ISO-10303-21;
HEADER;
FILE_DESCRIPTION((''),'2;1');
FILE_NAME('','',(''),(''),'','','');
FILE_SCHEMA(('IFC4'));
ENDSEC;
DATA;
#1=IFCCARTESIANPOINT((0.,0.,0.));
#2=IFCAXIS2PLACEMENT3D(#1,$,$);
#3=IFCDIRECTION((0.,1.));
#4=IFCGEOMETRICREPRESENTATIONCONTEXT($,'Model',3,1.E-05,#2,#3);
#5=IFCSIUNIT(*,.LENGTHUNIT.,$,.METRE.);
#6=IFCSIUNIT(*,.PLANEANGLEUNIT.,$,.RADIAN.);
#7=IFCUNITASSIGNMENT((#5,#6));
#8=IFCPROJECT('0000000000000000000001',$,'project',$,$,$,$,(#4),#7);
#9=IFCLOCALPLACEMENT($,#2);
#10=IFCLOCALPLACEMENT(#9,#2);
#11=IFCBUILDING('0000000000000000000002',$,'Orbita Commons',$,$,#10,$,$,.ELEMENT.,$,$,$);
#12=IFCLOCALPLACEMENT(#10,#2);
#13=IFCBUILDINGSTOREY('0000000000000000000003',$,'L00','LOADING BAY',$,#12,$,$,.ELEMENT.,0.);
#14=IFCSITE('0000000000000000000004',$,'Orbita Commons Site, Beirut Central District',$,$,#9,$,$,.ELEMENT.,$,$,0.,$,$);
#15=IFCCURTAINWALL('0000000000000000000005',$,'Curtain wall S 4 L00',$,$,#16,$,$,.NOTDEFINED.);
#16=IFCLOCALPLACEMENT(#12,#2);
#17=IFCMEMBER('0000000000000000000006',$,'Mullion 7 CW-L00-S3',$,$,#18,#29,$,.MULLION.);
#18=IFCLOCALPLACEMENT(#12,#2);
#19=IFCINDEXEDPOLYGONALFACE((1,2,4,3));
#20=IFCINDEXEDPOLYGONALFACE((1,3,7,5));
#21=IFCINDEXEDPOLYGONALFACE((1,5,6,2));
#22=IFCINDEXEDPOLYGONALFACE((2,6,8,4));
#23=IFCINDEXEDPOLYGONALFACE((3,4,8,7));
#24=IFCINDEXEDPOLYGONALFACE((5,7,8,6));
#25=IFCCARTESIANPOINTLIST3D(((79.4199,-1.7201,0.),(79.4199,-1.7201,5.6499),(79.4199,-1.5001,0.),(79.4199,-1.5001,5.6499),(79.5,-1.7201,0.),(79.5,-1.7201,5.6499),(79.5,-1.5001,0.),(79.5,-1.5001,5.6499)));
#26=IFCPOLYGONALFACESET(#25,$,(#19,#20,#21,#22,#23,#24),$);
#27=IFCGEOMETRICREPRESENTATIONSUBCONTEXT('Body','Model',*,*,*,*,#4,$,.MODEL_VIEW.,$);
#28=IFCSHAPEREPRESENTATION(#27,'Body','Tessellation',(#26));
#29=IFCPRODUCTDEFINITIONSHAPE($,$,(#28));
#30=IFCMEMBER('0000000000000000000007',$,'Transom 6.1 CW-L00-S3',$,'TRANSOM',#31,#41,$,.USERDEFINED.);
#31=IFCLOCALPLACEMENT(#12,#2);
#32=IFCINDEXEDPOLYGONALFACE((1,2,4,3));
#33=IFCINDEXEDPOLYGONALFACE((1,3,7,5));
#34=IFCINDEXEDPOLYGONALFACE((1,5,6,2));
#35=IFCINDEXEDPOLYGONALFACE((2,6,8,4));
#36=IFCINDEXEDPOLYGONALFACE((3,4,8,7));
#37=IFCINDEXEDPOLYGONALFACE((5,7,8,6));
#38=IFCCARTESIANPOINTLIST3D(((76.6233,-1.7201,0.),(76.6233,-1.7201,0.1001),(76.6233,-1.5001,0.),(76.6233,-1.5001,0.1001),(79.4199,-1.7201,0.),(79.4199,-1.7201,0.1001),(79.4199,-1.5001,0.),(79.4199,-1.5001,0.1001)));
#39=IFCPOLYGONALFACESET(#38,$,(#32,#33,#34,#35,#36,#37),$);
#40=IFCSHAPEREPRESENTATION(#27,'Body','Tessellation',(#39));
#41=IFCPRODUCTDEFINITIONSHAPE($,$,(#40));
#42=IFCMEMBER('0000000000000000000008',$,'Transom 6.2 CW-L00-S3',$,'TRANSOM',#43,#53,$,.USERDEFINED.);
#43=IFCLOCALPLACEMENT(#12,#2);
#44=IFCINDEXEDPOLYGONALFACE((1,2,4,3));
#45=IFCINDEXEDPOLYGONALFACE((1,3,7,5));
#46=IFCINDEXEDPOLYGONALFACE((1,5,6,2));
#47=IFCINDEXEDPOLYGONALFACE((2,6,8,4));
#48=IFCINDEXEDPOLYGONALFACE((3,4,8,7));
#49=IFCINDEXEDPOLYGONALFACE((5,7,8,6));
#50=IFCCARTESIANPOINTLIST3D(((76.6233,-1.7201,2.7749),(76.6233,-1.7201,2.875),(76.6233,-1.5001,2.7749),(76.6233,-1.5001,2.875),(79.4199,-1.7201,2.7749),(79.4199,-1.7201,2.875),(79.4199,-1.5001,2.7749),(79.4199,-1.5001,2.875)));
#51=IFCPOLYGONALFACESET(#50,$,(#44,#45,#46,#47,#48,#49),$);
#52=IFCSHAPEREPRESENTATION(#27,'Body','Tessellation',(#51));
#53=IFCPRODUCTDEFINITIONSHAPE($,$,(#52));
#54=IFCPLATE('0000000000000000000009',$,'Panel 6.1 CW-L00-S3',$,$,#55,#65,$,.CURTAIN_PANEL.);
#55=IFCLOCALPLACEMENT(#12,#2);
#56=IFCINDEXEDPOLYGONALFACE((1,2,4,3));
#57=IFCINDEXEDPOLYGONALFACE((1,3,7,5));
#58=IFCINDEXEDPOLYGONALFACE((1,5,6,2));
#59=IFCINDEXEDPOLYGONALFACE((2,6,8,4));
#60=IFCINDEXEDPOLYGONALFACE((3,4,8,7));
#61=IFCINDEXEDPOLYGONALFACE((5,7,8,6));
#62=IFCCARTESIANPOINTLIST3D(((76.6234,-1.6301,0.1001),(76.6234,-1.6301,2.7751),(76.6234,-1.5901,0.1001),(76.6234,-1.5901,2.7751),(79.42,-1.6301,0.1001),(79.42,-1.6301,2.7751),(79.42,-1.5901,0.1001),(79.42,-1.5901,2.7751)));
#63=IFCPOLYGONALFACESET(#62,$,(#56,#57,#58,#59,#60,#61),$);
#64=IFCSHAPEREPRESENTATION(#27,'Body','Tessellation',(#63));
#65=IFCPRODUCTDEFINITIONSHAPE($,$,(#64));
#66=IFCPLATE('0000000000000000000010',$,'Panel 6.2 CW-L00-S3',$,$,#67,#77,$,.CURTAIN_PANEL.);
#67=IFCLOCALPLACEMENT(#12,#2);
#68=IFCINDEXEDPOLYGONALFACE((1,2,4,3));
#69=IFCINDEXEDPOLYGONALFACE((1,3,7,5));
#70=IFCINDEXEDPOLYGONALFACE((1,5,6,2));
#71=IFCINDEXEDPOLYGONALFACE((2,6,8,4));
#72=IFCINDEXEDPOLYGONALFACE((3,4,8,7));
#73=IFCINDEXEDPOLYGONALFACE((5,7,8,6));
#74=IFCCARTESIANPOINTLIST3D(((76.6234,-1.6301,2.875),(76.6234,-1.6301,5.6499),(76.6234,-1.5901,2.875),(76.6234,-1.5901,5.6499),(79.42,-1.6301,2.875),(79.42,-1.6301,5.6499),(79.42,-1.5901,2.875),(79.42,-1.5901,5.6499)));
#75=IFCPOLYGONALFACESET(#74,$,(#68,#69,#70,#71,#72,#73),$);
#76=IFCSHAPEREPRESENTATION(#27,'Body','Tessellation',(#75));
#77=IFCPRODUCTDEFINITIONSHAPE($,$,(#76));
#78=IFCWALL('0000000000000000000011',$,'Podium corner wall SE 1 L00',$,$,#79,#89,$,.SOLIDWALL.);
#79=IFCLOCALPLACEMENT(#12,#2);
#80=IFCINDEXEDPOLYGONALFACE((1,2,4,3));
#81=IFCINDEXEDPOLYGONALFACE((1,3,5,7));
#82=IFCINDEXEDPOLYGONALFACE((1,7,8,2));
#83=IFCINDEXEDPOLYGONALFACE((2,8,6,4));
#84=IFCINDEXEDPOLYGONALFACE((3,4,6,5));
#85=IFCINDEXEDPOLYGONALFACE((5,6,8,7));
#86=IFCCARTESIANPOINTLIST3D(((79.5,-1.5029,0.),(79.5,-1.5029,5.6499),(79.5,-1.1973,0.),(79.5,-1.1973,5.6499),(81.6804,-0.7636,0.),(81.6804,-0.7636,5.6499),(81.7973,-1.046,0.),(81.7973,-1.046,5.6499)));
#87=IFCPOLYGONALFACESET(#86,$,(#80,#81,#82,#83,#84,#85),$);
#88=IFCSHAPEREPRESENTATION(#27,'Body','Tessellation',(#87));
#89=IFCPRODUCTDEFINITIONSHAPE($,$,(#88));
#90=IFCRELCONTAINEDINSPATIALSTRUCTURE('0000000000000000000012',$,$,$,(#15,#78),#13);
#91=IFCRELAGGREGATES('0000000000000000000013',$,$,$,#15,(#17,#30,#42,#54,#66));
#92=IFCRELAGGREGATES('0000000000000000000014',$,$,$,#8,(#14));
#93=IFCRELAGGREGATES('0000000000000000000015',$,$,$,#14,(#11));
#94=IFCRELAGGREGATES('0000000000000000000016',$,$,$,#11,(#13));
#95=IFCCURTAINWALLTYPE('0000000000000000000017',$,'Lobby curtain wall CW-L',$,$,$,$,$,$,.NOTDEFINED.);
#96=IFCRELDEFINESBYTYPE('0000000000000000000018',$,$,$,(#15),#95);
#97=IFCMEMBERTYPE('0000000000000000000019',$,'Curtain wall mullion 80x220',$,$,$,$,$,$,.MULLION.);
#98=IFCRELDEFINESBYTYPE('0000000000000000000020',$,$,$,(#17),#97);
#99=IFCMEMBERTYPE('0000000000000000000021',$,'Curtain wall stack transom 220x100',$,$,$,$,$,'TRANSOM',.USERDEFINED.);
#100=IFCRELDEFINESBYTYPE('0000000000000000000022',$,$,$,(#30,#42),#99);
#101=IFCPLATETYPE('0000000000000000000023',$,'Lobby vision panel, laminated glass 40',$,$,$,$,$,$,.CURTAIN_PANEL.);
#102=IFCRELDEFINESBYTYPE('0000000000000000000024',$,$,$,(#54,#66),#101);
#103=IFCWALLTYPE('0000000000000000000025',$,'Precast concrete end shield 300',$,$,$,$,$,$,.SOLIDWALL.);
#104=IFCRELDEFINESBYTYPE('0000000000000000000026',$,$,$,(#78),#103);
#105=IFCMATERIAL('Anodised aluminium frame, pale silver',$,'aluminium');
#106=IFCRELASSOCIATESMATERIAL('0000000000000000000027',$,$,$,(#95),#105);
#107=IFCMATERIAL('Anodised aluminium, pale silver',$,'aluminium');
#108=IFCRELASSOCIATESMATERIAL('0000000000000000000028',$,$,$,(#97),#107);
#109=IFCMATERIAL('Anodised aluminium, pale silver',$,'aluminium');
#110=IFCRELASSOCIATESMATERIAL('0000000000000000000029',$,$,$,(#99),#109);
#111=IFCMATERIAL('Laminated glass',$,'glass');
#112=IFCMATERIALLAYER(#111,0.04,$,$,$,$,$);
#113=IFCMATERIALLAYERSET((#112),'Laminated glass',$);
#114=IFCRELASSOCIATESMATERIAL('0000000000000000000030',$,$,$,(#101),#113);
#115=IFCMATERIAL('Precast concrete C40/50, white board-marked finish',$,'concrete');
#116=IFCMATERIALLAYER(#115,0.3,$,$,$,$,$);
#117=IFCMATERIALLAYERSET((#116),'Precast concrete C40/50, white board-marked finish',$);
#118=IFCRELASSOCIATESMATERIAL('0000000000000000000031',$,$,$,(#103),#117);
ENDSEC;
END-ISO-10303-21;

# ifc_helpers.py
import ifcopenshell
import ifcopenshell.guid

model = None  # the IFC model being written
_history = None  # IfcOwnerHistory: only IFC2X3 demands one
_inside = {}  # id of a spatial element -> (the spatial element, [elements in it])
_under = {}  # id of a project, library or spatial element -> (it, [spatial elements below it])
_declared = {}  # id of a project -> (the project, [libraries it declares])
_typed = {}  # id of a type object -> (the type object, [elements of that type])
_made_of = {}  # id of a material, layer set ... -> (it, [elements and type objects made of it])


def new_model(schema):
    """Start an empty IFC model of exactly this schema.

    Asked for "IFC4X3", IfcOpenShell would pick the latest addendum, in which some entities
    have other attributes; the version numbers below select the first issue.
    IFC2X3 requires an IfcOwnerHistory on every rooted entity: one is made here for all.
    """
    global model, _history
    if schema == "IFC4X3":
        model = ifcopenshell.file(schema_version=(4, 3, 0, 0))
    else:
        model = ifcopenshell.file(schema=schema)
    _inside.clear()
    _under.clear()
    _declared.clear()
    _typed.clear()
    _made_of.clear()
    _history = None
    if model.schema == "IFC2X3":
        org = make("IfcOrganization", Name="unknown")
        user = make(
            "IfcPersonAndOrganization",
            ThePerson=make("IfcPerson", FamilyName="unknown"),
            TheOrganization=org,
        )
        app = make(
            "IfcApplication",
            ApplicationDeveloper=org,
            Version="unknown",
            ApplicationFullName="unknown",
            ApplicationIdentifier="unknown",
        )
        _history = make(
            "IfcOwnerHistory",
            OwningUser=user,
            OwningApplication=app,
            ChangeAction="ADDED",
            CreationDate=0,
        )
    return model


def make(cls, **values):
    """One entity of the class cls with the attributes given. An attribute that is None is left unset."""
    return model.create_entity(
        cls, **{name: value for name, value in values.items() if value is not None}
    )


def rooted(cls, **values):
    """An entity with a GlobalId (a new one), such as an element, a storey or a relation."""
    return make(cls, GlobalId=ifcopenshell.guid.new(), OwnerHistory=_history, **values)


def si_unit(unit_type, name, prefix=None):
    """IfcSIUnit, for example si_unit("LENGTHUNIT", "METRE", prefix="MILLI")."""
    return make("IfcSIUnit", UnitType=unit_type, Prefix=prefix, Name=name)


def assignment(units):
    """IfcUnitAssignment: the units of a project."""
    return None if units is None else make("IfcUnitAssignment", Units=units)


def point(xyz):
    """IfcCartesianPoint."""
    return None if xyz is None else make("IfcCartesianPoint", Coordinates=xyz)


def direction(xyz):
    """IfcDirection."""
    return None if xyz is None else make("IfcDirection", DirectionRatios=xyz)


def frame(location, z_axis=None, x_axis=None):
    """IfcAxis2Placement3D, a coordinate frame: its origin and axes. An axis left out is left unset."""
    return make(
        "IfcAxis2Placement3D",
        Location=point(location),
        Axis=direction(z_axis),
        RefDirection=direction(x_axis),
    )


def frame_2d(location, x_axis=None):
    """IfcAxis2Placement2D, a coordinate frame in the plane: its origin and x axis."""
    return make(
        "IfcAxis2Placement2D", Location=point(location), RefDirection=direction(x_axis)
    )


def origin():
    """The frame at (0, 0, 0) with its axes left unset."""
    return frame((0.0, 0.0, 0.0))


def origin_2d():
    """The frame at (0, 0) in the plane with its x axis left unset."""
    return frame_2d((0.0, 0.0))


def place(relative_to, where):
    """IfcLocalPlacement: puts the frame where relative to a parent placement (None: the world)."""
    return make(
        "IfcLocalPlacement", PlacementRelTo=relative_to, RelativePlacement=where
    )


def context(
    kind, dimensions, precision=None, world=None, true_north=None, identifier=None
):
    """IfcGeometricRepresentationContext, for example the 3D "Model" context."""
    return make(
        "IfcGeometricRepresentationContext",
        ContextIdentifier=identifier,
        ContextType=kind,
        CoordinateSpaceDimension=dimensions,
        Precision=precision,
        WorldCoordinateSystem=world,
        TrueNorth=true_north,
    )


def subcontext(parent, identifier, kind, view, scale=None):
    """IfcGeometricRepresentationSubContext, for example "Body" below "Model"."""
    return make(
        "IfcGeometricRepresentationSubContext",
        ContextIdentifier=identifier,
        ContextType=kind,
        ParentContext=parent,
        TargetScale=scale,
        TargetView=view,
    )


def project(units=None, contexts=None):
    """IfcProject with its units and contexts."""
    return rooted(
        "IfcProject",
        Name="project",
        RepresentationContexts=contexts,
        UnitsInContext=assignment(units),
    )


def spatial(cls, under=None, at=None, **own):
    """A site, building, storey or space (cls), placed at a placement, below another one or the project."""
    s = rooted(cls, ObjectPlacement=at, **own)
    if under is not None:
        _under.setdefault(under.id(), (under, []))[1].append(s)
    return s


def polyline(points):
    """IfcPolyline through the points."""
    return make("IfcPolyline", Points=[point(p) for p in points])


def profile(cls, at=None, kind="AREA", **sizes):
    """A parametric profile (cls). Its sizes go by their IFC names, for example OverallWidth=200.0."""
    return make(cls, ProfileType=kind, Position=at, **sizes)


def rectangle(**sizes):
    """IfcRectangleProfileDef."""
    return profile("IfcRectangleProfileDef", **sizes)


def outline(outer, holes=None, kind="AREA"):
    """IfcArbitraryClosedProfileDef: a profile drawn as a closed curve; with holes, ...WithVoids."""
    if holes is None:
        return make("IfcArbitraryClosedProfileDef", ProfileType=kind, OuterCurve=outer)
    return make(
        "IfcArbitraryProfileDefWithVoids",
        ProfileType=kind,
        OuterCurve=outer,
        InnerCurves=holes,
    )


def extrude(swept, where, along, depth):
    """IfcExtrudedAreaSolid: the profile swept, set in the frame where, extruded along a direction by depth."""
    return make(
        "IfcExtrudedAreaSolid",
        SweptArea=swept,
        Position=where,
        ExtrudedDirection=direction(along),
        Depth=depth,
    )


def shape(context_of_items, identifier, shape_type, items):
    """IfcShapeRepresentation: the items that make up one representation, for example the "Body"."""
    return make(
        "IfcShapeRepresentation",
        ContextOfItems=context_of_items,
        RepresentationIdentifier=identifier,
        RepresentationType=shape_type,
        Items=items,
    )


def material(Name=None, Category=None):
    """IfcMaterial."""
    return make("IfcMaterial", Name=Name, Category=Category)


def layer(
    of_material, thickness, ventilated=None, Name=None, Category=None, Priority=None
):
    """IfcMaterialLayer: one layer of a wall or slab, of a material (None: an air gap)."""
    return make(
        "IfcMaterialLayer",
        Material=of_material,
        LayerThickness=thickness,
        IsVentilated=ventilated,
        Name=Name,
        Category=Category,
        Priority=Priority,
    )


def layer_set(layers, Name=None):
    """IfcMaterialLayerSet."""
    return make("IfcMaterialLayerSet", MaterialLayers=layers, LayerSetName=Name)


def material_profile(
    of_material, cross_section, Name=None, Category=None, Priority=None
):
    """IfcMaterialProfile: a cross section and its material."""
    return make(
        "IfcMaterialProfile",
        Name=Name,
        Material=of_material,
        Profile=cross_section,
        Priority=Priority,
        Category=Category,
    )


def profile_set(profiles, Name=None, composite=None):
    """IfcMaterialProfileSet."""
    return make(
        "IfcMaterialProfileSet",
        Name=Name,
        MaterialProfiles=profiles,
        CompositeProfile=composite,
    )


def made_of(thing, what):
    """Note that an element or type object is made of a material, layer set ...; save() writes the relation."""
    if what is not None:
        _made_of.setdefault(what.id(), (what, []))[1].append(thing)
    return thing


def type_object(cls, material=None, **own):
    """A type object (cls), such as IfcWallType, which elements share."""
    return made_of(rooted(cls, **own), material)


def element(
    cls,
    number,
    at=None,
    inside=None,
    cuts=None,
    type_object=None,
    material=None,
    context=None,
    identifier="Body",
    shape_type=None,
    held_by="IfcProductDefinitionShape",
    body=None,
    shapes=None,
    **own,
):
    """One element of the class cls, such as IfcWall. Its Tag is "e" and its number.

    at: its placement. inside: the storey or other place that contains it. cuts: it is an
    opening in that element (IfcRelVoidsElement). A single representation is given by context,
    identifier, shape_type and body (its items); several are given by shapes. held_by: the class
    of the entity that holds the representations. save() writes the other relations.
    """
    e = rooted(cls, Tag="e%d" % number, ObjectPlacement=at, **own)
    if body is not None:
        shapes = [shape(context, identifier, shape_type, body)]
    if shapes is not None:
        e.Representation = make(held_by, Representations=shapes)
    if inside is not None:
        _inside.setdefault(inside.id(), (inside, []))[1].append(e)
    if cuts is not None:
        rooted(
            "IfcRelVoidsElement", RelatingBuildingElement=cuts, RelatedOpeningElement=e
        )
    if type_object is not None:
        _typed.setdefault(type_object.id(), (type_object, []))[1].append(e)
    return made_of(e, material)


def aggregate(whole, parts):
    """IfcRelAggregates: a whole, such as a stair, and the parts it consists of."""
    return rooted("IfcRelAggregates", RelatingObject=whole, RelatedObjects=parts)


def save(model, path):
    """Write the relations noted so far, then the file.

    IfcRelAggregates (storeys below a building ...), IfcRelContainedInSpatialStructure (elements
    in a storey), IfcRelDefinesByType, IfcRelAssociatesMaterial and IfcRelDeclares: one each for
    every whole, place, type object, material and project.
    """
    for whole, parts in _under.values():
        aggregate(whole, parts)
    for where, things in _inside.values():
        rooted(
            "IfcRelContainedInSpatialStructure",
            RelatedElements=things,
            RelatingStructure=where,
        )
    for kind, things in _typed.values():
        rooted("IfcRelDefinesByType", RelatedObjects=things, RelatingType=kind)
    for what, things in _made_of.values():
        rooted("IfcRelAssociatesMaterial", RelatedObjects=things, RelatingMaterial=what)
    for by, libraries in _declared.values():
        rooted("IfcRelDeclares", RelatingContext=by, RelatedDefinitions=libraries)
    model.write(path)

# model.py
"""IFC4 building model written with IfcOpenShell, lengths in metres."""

from ifc_helpers import new_model, si_unit, direction, frame, origin, origin_2d, place, context, subcontext, project, spatial, polyline, rectangle, outline, extrude, material, layer, layer_set, material_profile, profile_set, type_object, element, aggregate, save


model = new_model("IFC4")

# Units and contexts
model_context = context("Model", 3, precision=1e-05, world=origin(), true_north=direction((0.0, 1.0)))
body_context = subcontext(model_context, "Body", "Model", "MODEL_VIEW")
ifc_project = project(units=[si_unit("LENGTHUNIT", "METRE"), si_unit("PLANEANGLEUNIT", "RADIAN")], contexts=[model_context])

# Site, building, storey
site_placement = place(None, origin())
site = spatial("IfcSite", under=ifc_project, at=site_placement, Name="Orbita Commons Site, Beirut Central District", CompositionType="ELEMENT", RefElevation=0.0)
building_placement = place(site_placement, origin())
building = spatial("IfcBuilding", under=site, at=building_placement, Name="Orbita Commons", CompositionType="ELEMENT")
storey_placement = place(building_placement, origin())
storey = spatial("IfcBuildingStorey", under=building, at=storey_placement, Name="L00", Description="LOADING BAY", CompositionType="ELEMENT", Elevation=0.0)

# Curtain wall, members, plates
ifc_material_1 = material(Name="Anodised aluminium frame, pale silver", Category="aluminium")
curtain_wall_type = type_object("IfcCurtainWallType", Name="Lobby curtain wall CW-L", PredefinedType="NOTDEFINED", material=ifc_material_1)
curtain_wall_placement = place(storey_placement, origin())
curtain_wall = element("IfcCurtainWall", 1, at=curtain_wall_placement, inside=storey, type_object=curtain_wall_type, Name="Curtain wall S 4 L00", PredefinedType="NOTDEFINED")
ifc_material_2 = material(Name="Anodised aluminium, pale silver", Category="aluminium")
ifc_material_profile_1 = material_profile(ifc_material_2, rectangle(XDim=0.0801, YDim=0.22, at=origin_2d()), Name="AL 80x220")
ifc_profile_set_1 = profile_set([ifc_material_profile_1], Name="Anodised aluminium, pale silver")
member_type_1 = type_object("IfcMemberType", Name="Curtain wall mullion 80x220", PredefinedType="MULLION", material=ifc_profile_set_1)
member_1_placement = place(storey_placement, frame((79.46, -1.6101, 0.0), z_axis=(0.0, 0.0, 1.0), x_axis=(1.0, 0.0, 0.0)))
member_1 = element("IfcMember", 2, at=member_1_placement, type_object=member_type_1, Name="Mullion 7 CW-L00-S3", PredefinedType="MULLION", context=body_context, shape_type="SweptSolid", body=[
    extrude(rectangle(XDim=0.0801, YDim=0.22, at=origin_2d()), origin(), (0.0, 0.0, 1.0), 5.6499),
])
ifc_material_3 = material(Name="Anodised aluminium, pale silver", Category="aluminium")
ifc_material_profile_2 = material_profile(ifc_material_3, rectangle(XDim=0.22, YDim=0.1001, at=origin_2d()), Name="AL 220x100")
ifc_profile_set_2 = profile_set([ifc_material_profile_2], Name="Anodised aluminium, pale silver")
member_type_2 = type_object("IfcMemberType", Name="Curtain wall stack transom 220x100", ElementType="TRANSOM", PredefinedType="USERDEFINED", material=ifc_profile_set_2)
member_2_placement = place(storey_placement, frame((76.6233, -1.6101, 0.05), z_axis=(1.0, 0.0, 0.0), x_axis=(0.0, 1.0, 0.0)))
member_2 = element("IfcMember", 3, at=member_2_placement, type_object=member_type_2, Name="Transom 6.1 CW-L00-S3", ObjectType="TRANSOM", PredefinedType="USERDEFINED", context=body_context, shape_type="SweptSolid", body=[
    extrude(rectangle(XDim=0.22, YDim=0.1001, at=origin_2d()), origin(), (0.0, 0.0, 1.0), 2.7966),
])
member_3_placement = place(storey_placement, frame((76.6233, -1.6101, 2.825), z_axis=(1.0, 0.0, 0.0), x_axis=(0.0, 1.0, 0.0)))
member_3 = element("IfcMember", 4, at=member_3_placement, type_object=member_type_2, Name="Transom 6.2 CW-L00-S3", ObjectType="TRANSOM", PredefinedType="USERDEFINED", context=body_context, shape_type="SweptSolid", body=[
    extrude(rectangle(XDim=0.22, YDim=0.1001, at=origin_2d()), origin(), (0.0, 0.0, 1.0), 2.7966),
])
ifc_material_4 = material(Name="Laminated glass", Category="glass")
ifc_layer_1 = layer(ifc_material_4, 0.04)
ifc_layer_set_1 = layer_set([ifc_layer_1], Name="Laminated glass")
plate_type = type_object("IfcPlateType", Name="Lobby vision panel, laminated glass 40", PredefinedType="CURTAIN_PANEL", material=ifc_layer_set_1)
plate_1_placement = place(storey_placement, frame((78.0217, -1.6101, 0.1001), z_axis=(0.0, 0.0, 1.0), x_axis=(1.0, 0.0, 0.0)))
plate_1 = element("IfcPlate", 5, at=plate_1_placement, type_object=plate_type, Name="Panel 6.1 CW-L00-S3", PredefinedType="CURTAIN_PANEL", context=body_context, shape_type="SweptSolid", body=[
    extrude(rectangle(XDim=2.7966, YDim=0.04, at=origin_2d()), origin(), (0.0, 0.0, 1.0), 2.675),
])
plate_2_placement = place(storey_placement, frame((78.0217, -1.6101, 2.875), z_axis=(0.0, 0.0, 1.0), x_axis=(1.0, 0.0, 0.0)))
plate_2 = element("IfcPlate", 6, at=plate_2_placement, type_object=plate_type, Name="Panel 6.2 CW-L00-S3", PredefinedType="CURTAIN_PANEL", context=body_context, shape_type="SweptSolid", body=[
    extrude(rectangle(XDim=2.7966, YDim=0.04, at=origin_2d()), origin(), (0.0, 0.0, 1.0), 2.7749),
])
aggregate(curtain_wall, [member_1, member_2, member_3, plate_1, plate_2])

# Wall
ifc_material_5 = material(Name="Precast concrete C40/50, white board-marked finish", Category="concrete")
ifc_layer_2 = layer(ifc_material_5, 0.3)
ifc_layer_set_2 = layer_set([ifc_layer_2], Name="Precast concrete C40/50, white board-marked finish")
wall_type = type_object("IfcWallType", Name="Precast concrete end shield 300", PredefinedType="SOLIDWALL", material=ifc_layer_set_2)
wall_placement = place(storey_placement, frame((79.5, -1.3501, 0.0), z_axis=(0.0, 0.0, 1.0), x_axis=(0.980786, 0.195088, 0.0)))
element("IfcWall", 7, at=wall_placement, inside=storey, type_object=wall_type, Name="Podium corner wall SE 1 L00", PredefinedType="SOLIDWALL", context=body_context, shape_type="SweptSolid", body=[
    extrude(outline(polyline([(-0.0298, -0.1499), (2.3125, -0.1499), (2.2529, 0.1499), (0.0298, 0.1499), (-0.0298, -0.1499)])), origin(), (0.0, 0.0, 1.0), 5.6499),
])

save(model, "model.ifc")
